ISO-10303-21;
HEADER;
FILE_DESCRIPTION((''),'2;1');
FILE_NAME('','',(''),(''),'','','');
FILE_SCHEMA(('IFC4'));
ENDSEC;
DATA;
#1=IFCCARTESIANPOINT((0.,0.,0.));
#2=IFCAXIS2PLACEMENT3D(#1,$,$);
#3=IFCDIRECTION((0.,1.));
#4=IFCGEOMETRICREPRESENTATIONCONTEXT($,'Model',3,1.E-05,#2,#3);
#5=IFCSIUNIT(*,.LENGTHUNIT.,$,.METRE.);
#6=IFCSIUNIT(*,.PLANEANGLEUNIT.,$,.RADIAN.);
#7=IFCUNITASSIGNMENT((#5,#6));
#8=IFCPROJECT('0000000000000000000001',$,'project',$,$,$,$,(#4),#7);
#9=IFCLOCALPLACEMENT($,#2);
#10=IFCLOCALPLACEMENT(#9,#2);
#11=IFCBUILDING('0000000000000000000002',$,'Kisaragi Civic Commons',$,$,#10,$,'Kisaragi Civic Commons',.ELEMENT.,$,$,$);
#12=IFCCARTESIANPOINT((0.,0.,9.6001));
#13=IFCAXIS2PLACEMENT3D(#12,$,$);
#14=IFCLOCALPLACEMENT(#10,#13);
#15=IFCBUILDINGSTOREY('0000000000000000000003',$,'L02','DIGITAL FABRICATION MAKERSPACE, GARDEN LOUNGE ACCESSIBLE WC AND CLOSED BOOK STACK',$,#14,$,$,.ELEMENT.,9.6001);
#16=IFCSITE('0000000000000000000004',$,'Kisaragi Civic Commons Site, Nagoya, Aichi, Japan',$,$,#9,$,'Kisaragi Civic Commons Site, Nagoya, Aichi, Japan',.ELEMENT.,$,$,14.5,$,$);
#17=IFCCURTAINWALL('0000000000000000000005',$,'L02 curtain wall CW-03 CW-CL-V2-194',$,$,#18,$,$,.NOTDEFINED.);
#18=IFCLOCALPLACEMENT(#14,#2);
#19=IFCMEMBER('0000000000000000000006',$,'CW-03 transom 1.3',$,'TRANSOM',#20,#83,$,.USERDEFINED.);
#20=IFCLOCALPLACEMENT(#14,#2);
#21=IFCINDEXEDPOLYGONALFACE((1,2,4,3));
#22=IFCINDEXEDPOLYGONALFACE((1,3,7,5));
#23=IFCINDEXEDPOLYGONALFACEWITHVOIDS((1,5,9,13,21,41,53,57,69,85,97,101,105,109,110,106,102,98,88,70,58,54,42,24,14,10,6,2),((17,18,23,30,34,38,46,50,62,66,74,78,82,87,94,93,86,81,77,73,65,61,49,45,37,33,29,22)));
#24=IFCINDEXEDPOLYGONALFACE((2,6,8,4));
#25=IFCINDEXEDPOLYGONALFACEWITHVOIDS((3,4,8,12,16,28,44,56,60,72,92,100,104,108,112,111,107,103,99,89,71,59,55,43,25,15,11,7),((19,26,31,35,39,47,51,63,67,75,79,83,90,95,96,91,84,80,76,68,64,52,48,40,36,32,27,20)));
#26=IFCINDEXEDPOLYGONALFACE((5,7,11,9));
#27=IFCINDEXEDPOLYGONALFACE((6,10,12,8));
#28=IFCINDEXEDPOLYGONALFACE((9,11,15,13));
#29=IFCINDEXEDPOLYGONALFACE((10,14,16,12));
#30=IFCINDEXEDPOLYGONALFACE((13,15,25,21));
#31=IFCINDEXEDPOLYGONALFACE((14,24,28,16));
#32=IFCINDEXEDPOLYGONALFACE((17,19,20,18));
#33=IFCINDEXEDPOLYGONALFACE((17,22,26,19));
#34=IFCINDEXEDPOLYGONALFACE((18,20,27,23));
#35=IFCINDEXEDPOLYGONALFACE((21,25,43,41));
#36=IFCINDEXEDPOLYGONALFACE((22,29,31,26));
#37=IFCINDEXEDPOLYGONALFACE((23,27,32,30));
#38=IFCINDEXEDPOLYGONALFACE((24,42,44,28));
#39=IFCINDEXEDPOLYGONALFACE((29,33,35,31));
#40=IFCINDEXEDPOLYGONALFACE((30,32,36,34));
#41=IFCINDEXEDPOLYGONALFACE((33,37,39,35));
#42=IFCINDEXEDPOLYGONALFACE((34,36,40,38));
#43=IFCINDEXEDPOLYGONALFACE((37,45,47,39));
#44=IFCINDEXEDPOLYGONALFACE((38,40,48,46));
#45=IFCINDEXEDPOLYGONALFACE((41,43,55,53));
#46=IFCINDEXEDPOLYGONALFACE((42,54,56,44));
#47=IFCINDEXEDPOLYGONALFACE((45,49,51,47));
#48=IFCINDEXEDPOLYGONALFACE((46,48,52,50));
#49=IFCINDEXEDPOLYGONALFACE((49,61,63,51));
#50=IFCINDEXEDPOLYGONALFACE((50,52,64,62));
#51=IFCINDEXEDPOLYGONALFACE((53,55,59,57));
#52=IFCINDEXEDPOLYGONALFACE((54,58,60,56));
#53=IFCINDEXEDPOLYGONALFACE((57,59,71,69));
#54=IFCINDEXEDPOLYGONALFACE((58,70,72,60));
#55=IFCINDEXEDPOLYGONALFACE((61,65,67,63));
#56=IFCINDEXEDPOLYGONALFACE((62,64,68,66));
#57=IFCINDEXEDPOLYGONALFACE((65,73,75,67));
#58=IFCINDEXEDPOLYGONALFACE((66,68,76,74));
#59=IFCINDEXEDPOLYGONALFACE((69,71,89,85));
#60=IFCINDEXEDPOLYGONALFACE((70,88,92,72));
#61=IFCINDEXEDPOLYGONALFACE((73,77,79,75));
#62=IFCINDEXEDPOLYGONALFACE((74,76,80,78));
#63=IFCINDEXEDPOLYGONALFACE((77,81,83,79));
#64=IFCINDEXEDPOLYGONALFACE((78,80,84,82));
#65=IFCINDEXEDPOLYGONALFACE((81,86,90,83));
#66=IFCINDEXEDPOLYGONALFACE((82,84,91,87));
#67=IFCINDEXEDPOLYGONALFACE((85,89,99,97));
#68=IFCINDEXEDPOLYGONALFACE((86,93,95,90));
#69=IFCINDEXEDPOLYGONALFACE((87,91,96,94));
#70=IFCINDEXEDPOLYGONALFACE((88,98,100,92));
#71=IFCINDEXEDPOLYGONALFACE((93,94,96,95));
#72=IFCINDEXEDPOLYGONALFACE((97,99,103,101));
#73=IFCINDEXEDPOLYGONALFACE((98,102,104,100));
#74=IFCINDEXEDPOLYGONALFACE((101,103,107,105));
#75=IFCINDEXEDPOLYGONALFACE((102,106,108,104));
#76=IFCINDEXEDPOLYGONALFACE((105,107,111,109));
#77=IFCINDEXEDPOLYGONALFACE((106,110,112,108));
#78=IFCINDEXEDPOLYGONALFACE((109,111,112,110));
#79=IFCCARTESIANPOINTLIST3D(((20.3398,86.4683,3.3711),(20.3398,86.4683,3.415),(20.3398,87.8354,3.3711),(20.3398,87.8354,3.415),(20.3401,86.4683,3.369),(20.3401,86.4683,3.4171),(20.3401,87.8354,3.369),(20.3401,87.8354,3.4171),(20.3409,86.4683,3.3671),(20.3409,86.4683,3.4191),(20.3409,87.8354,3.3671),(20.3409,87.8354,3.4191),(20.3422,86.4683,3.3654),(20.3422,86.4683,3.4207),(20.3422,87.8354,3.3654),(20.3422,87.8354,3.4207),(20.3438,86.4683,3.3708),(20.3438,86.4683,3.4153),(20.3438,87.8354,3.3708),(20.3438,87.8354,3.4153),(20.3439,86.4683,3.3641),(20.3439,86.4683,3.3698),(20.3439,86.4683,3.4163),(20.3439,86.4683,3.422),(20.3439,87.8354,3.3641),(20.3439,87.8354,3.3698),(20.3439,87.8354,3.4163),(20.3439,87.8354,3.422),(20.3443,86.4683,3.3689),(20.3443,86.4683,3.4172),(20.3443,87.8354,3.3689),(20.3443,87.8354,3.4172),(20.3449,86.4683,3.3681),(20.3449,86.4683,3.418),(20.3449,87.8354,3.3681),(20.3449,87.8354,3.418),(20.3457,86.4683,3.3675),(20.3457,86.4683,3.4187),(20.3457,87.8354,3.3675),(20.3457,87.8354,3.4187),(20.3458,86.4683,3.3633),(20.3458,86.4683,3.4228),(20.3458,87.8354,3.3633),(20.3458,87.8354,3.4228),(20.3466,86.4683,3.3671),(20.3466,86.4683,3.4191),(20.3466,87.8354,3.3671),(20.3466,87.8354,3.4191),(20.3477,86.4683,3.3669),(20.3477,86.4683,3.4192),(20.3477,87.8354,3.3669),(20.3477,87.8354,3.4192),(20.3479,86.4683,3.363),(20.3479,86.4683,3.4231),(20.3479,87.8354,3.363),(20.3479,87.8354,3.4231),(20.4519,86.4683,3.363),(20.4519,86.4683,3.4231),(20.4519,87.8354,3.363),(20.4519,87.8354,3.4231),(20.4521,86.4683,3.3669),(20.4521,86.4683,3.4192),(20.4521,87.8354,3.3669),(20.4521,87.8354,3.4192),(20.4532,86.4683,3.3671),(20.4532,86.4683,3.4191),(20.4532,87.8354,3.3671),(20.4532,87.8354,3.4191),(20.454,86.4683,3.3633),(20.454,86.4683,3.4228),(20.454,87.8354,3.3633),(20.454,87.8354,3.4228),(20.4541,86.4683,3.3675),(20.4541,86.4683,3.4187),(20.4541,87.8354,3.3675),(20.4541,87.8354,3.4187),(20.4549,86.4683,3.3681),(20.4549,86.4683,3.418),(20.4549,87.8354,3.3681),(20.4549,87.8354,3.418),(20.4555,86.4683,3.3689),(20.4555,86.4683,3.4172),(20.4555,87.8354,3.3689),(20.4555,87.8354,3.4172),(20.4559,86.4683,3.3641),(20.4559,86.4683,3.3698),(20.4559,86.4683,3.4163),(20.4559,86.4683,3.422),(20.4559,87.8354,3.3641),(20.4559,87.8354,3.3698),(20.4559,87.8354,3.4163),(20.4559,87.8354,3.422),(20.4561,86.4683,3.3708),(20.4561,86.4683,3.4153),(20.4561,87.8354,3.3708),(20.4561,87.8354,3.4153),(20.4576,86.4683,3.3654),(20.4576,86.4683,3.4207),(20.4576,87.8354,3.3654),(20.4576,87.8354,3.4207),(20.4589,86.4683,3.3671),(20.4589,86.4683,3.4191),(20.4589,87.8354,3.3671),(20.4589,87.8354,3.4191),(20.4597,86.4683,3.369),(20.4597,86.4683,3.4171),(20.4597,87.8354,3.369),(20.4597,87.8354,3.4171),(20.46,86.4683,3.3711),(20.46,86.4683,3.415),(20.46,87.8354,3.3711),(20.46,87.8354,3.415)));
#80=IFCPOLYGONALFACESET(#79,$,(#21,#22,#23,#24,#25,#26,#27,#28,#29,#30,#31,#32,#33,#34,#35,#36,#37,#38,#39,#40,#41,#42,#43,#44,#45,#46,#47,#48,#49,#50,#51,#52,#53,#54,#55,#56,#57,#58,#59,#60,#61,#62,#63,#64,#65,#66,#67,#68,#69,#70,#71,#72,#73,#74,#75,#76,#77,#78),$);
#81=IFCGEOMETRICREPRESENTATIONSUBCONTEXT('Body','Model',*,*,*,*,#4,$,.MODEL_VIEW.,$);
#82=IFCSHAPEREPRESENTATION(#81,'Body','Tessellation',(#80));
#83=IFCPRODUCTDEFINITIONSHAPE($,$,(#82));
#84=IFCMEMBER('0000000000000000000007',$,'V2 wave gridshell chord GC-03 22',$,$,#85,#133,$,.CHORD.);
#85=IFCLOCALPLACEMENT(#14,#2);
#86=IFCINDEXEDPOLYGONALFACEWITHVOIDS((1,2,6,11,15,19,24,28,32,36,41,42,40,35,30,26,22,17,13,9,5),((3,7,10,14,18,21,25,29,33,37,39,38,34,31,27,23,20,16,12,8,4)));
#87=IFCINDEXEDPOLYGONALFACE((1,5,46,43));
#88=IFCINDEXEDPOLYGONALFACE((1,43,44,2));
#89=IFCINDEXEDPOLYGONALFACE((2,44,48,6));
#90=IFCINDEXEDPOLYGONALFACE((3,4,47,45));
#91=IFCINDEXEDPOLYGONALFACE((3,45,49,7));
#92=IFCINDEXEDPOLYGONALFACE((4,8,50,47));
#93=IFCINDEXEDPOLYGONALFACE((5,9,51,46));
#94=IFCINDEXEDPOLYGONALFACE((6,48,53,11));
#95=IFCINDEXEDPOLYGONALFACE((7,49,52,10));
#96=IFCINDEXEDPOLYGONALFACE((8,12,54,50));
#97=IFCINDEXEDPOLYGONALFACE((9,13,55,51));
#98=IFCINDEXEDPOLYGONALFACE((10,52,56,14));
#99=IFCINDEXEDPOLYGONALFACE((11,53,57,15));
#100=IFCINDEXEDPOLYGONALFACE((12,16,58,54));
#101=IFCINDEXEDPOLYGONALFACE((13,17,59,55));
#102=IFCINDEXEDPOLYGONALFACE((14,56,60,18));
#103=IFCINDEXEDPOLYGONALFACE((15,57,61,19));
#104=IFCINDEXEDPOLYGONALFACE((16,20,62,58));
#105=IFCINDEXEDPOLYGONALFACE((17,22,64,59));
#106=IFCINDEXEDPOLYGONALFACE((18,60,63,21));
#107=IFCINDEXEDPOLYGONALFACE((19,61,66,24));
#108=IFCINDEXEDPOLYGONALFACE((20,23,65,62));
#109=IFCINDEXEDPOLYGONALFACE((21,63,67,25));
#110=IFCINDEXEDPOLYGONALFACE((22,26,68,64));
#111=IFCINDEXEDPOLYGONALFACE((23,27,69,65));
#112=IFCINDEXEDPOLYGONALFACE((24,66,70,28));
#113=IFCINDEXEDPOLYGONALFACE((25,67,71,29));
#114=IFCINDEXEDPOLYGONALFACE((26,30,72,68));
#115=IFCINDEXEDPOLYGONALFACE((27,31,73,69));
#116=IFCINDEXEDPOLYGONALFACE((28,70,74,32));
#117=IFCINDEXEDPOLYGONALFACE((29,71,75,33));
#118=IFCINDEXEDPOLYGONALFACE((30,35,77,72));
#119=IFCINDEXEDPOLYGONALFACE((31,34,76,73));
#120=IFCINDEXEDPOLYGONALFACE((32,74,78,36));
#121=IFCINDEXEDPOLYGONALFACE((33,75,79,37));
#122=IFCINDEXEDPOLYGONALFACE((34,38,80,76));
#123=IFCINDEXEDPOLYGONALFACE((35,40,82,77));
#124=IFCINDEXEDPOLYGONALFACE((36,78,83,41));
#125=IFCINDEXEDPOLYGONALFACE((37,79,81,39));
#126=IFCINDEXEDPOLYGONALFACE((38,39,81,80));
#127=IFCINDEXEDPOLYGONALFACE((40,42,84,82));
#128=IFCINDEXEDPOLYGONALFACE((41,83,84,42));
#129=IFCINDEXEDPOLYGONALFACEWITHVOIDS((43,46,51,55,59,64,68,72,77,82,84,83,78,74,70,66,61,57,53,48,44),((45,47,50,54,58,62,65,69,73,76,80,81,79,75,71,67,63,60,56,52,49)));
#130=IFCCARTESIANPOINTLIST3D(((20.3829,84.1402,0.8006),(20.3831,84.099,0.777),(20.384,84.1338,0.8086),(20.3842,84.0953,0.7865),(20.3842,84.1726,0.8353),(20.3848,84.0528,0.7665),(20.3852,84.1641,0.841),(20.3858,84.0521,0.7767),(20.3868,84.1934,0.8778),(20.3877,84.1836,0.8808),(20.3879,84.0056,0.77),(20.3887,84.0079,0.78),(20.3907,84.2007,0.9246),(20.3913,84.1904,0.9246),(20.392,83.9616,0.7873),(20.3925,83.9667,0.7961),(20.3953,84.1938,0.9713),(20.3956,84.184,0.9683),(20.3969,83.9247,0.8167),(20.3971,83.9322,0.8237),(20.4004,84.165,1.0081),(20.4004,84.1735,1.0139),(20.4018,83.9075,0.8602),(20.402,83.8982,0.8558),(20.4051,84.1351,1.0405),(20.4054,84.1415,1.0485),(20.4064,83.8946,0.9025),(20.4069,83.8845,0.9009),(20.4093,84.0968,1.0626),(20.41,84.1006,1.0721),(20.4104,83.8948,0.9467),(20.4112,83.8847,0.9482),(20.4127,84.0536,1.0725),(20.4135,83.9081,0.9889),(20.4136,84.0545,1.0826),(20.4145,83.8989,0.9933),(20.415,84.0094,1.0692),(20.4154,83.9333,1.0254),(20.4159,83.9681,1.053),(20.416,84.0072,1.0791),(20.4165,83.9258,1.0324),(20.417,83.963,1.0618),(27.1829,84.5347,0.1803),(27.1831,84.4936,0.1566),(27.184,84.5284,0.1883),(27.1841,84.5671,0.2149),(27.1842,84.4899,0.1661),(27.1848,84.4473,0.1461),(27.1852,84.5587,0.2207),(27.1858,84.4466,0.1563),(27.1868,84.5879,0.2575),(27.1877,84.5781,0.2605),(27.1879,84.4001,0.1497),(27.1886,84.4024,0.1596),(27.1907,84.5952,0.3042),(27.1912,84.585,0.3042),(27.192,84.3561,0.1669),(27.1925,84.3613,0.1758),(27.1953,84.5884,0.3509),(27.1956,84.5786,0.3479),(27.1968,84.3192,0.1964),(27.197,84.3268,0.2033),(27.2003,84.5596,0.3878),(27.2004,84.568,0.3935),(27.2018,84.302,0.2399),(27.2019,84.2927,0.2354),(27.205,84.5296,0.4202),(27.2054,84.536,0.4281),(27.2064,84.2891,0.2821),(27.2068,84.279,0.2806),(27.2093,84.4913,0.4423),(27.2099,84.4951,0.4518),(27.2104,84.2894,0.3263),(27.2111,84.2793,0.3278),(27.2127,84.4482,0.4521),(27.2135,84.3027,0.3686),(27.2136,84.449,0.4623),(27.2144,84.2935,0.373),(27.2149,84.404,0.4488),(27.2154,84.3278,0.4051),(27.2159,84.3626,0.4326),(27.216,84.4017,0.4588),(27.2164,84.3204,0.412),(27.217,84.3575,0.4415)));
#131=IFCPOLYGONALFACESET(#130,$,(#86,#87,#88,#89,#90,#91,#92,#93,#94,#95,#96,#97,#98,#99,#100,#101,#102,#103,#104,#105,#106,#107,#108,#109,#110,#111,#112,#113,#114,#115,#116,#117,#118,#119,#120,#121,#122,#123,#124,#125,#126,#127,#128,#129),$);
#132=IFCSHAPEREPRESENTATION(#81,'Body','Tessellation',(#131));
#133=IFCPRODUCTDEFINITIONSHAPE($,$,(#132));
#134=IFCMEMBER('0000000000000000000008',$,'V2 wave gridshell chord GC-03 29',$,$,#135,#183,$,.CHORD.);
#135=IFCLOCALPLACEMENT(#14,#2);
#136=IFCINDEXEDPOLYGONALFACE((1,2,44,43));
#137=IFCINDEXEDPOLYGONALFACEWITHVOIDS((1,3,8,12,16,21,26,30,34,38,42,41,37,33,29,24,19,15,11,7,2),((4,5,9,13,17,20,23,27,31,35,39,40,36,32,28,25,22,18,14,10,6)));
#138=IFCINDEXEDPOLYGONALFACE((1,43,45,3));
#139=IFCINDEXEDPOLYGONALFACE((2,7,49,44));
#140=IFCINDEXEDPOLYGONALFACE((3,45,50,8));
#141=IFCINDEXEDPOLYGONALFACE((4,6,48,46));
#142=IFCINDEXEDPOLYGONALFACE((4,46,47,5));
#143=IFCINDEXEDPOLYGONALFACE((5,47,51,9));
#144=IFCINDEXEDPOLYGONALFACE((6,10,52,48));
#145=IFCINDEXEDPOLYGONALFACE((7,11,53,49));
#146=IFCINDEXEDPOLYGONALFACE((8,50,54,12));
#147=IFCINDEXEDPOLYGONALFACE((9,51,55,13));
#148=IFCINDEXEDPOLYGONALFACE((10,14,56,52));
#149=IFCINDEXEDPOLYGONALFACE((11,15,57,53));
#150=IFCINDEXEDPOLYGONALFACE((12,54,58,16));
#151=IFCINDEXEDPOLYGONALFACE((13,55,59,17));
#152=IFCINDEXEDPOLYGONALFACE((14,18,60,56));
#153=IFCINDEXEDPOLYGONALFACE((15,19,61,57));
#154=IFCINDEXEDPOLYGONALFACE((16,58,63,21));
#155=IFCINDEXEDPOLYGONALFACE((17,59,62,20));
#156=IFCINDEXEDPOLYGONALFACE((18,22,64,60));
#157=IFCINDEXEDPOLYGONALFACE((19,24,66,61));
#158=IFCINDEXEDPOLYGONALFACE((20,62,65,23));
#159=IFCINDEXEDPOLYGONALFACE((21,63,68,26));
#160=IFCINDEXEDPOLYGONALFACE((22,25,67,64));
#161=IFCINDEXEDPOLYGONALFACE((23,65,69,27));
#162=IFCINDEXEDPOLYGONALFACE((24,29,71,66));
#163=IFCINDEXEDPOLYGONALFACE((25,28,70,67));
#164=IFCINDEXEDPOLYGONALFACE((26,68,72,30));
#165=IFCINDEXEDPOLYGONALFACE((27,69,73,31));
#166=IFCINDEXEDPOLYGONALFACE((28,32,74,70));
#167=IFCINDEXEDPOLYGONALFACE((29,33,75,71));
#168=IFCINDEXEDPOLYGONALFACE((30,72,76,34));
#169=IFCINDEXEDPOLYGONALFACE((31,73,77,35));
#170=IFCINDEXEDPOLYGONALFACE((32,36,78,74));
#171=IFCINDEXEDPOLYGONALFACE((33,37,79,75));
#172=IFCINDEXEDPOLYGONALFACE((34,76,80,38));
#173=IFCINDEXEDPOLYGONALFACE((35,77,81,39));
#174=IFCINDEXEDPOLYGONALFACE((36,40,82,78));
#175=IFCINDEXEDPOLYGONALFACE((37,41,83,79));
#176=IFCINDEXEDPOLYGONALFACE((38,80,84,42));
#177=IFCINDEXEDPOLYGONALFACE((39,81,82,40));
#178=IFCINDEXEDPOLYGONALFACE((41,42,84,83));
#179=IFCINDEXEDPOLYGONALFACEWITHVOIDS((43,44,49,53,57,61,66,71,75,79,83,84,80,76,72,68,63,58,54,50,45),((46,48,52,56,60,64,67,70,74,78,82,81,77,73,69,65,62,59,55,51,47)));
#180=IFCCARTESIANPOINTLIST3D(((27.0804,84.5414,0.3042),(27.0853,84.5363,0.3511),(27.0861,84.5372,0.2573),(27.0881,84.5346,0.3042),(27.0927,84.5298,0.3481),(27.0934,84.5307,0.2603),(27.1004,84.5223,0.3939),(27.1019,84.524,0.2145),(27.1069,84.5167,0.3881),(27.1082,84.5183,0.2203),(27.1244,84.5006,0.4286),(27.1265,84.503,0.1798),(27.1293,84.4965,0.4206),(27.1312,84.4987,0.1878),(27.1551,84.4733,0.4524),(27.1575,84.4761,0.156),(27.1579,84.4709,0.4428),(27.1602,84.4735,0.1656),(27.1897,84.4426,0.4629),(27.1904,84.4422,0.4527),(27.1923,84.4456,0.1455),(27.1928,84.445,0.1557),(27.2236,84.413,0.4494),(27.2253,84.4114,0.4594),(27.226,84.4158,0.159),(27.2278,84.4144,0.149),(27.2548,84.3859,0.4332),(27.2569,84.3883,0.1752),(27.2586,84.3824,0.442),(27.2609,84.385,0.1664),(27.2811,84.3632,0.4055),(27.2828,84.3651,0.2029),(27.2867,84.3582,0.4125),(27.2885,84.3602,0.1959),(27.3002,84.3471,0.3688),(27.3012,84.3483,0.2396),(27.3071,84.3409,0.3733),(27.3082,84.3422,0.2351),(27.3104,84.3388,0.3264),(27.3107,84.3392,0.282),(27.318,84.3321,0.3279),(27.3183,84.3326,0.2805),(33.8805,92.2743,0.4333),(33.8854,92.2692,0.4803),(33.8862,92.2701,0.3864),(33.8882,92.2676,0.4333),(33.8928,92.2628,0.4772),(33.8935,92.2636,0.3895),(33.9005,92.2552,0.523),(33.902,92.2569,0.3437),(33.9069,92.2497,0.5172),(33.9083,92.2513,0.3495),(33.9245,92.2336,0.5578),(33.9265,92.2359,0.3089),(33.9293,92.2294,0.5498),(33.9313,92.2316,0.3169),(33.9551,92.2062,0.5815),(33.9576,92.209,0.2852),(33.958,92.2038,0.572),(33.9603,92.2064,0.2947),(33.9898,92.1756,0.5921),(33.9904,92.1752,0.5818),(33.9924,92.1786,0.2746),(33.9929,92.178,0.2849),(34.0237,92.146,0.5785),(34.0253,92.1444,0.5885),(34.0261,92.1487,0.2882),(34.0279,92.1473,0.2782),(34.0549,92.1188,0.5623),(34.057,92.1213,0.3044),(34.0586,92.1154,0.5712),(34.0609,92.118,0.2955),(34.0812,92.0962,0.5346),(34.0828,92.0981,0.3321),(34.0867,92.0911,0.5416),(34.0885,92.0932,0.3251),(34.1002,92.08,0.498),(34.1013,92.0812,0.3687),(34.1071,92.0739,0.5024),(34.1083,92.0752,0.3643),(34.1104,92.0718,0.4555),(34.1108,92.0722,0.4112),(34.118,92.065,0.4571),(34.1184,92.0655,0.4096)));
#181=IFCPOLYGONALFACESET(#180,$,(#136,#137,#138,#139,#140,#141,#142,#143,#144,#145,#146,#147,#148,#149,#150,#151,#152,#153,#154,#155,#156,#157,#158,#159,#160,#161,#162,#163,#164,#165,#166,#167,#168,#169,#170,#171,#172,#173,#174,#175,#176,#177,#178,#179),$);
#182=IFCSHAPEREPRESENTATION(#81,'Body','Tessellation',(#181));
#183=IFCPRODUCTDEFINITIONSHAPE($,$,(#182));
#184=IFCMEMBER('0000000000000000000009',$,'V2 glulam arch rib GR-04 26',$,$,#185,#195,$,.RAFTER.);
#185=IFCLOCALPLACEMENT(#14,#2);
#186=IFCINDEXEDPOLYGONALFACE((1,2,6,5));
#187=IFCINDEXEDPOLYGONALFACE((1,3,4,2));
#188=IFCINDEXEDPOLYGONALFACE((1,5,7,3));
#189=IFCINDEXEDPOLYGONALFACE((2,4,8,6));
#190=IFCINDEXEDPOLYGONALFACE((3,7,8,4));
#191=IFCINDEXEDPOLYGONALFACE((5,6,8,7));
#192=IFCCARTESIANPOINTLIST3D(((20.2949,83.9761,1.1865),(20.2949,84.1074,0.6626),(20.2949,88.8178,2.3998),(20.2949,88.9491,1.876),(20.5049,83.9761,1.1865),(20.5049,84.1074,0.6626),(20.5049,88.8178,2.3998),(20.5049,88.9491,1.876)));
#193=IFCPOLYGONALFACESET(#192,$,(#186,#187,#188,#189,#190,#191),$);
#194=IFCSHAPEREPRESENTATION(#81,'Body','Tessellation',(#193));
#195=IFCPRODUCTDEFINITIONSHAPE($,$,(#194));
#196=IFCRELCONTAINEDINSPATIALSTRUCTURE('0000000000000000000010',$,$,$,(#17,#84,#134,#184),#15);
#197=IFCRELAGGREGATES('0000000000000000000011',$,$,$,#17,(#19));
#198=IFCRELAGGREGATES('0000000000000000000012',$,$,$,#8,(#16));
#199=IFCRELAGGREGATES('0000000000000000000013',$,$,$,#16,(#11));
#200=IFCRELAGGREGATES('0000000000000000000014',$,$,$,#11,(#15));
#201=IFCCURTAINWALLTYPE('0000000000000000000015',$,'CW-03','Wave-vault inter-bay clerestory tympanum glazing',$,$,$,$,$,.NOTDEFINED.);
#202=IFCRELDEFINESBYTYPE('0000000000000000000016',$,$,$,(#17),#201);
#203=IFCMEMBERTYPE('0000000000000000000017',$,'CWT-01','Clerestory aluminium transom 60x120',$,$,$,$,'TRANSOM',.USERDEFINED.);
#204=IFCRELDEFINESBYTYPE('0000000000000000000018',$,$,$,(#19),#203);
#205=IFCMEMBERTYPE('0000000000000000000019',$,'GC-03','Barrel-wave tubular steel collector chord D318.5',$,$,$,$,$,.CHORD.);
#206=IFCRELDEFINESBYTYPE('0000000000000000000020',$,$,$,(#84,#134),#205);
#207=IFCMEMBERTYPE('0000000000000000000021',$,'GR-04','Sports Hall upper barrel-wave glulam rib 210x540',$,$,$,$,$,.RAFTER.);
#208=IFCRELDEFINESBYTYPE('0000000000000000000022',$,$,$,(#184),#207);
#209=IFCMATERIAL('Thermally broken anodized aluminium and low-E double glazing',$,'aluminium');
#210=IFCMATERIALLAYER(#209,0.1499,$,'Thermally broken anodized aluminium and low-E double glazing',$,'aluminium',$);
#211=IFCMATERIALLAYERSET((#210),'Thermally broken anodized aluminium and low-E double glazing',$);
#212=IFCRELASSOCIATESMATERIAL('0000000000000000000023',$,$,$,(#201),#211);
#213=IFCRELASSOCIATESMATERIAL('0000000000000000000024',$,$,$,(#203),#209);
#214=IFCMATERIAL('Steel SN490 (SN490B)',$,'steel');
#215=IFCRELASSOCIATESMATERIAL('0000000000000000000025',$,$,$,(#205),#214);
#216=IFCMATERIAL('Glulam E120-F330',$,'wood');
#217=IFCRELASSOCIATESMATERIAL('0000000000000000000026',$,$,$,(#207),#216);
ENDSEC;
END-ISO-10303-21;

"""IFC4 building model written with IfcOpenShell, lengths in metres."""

from ifc_helpers import new_model, si_unit, direction, frame, origin, origin_2d, place, context, subcontext, project, spatial, rectangle, hollow_rectangle, hollow_circle, extrude, material, layer, layer_set, material_profile, profile_set, type_object, element, aggregate, save


model = new_model("IFC4")

# Units and contexts
model_context = context("Model", 3, precision=1e-05, world=origin(), true_north=direction((0.0, 1.0)))
body_context = subcontext(model_context, "Body", "Model", "MODEL_VIEW")
ifc_project = project(units=[si_unit("LENGTHUNIT", "METRE"), si_unit("PLANEANGLEUNIT", "RADIAN")], contexts=[model_context])

# Site, building, storey
site_placement = place(None, origin())
site = spatial("IfcSite", under=ifc_project, at=site_placement, Name="Kisaragi Civic Commons Site, Nagoya, Aichi, Japan", LongName="Kisaragi Civic Commons Site, Nagoya, Aichi, Japan", CompositionType="ELEMENT", RefElevation=14.5)
building_placement = place(site_placement, origin())
building = spatial("IfcBuilding", under=site, at=building_placement, Name="Kisaragi Civic Commons", LongName="Kisaragi Civic Commons", CompositionType="ELEMENT")
storey_placement = place(building_placement, frame((0.0, 0.0, 9.6001)))
storey = spatial("IfcBuildingStorey", under=building, at=storey_placement, Name="L02", Description="DIGITAL FABRICATION MAKERSPACE, GARDEN LOUNGE ACCESSIBLE WC AND CLOSED BOOK STACK", CompositionType="ELEMENT", Elevation=9.6001)

# Shared definitions
ifc_material_1 = material(Name="Thermally broken anodized aluminium and low-E double glazing", Category="aluminium")
ifc_layer_1 = layer(ifc_material_1, 0.1499, Name="Thermally broken anodized aluminium and low-E double glazing", Category="aluminium")
ifc_layer_set_1 = layer_set([ifc_layer_1], Name="Thermally broken anodized aluminium and low-E double glazing")
curtain_wall_type = type_object("IfcCurtainWallType", Name="CW-03", Description="Wave-vault inter-bay clerestory tympanum glazing", PredefinedType="NOTDEFINED", material=ifc_layer_set_1)

# Curtain wall
curtain_wall_1_placement = place(storey_placement, origin())
curtain_wall_1 = element("IfcCurtainWall", 1, at=curtain_wall_1_placement, inside=storey, type_object=curtain_wall_type, Name="L02 curtain wall CW-03 CW-CL-V2-194", PredefinedType="NOTDEFINED")

# Member
ifc_material_profile_1 = material_profile(ifc_material_1, hollow_rectangle(XDim=0.1201, YDim=0.0601, WallThickness=0.0039, InnerFilletRadius=0.0039, OuterFilletRadius=0.0081, at=origin_2d()), Name="CWT-60x120x4", Category="aluminium")
ifc_profile_set_1 = profile_set([ifc_material_profile_1], Name="Thermally broken anodized aluminium and low-E double glazing")
member_type_1 = type_object("IfcMemberType", Name="CWT-01", Description="Clerestory aluminium transom 60x120", ElementType="TRANSOM", PredefinedType="USERDEFINED", material=ifc_profile_set_1)
member_1_placement = place(storey_placement, frame((20.3999, 86.4683, 3.3931), z_axis=(0.0, 1.0, 0.0), x_axis=(-1.0, 0.0, 0.0)))
member_1 = element("IfcMember", 2, at=member_1_placement, type_object=member_type_1, Name="CW-03 transom 1.3", ObjectType="TRANSOM", PredefinedType="USERDEFINED", context=body_context, shape_type="SweptSolid", body=[
    extrude(hollow_rectangle(XDim=0.1201, YDim=0.0601, WallThickness=0.0039, InnerFilletRadius=0.0039, OuterFilletRadius=0.0081, at=origin_2d()), origin(), (0.0, 0.0, 1.0), 1.3672),
])
aggregate(curtain_wall_1, [member_1])

# Members
ifc_material_2 = material(Name="Steel SN490 (SN490B)", Category="steel")
ifc_material_profile_2 = material_profile(ifc_material_2, hollow_circle(Radius=0.1592, WallThickness=0.0103, at=origin_2d()), Name="CHS-318.5x10.3", Category="steel")
ifc_profile_set_2 = profile_set([ifc_material_profile_2], Name="Steel SN490 (SN490B)")
member_type_2 = type_object("IfcMemberType", Name="GC-03", Description="Barrel-wave tubular steel collector chord D318.5", PredefinedType="CHORD", material=ifc_profile_set_2)
member_2_placement = place(storey_placement, frame((20.3999, 84.0417, 0.9246), z_axis=(0.994206, 0.057683, -0.0907), x_axis=(-0.057921, 0.998321, 0.0)))
element("IfcMember", 3, at=member_2_placement, inside=storey, type_object=member_type_2, Name="V2 wave gridshell chord GC-03 22", PredefinedType="CHORD", context=body_context, shape_type="SweptSolid", body=[
    extrude(hollow_circle(Radius=0.1592, WallThickness=0.0103, at=origin_2d()), origin(), (0.0, 0.0, 1.0), 6.8396),
])
member_3_placement = place(storey_placement, frame((27.2, 84.4363, 0.3042), z_axis=(0.660307, 0.750891, 0.012541), x_axis=(-0.75095, 0.660359, 0.0)))
element("IfcMember", 4, at=member_3_placement, inside=storey, type_object=member_type_2, Name="V2 wave gridshell chord GC-03 29", PredefinedType="CHORD", context=body_context, shape_type="SweptSolid", body=[
    extrude(hollow_circle(Radius=0.1592, WallThickness=0.0103, at=origin_2d()), origin(), (0.0, 0.0, 1.0), 10.2983),
])
ifc_material_3 = material(Name="Glulam E120-F330", Category="wood")
ifc_material_profile_3 = material_profile(ifc_material_3, rectangle(XDim=0.21, YDim=0.54, at=origin_2d()), Name="GL-210x540", Category="wood")
ifc_profile_set_3 = profile_set([ifc_material_profile_3], Name="Glulam E120-F330")
member_type_3 = type_object("IfcMemberType", Name="GR-04", Description="Sports Hall upper barrel-wave glulam rib 210x540", PredefinedType="RAFTER", material=ifc_profile_set_3)
member_4_placement = place(storey_placement, frame((20.3999, 84.0417, 0.9246), z_axis=(0.0, 0.970004, 0.243088), x_axis=(-1.0, 0.0, 0.0)))
element("IfcMember", 5, at=member_4_placement, inside=storey, type_object=member_type_3, Name="V2 glulam arch rib GR-04 26", PredefinedType="RAFTER", context=body_context, shape_type="SweptSolid", body=[
    extrude(rectangle(XDim=0.21, YDim=0.54, at=origin_2d()), origin(), (0.0, 0.0, 1.0), 4.9915),
])

save(model, "model.ifc")
